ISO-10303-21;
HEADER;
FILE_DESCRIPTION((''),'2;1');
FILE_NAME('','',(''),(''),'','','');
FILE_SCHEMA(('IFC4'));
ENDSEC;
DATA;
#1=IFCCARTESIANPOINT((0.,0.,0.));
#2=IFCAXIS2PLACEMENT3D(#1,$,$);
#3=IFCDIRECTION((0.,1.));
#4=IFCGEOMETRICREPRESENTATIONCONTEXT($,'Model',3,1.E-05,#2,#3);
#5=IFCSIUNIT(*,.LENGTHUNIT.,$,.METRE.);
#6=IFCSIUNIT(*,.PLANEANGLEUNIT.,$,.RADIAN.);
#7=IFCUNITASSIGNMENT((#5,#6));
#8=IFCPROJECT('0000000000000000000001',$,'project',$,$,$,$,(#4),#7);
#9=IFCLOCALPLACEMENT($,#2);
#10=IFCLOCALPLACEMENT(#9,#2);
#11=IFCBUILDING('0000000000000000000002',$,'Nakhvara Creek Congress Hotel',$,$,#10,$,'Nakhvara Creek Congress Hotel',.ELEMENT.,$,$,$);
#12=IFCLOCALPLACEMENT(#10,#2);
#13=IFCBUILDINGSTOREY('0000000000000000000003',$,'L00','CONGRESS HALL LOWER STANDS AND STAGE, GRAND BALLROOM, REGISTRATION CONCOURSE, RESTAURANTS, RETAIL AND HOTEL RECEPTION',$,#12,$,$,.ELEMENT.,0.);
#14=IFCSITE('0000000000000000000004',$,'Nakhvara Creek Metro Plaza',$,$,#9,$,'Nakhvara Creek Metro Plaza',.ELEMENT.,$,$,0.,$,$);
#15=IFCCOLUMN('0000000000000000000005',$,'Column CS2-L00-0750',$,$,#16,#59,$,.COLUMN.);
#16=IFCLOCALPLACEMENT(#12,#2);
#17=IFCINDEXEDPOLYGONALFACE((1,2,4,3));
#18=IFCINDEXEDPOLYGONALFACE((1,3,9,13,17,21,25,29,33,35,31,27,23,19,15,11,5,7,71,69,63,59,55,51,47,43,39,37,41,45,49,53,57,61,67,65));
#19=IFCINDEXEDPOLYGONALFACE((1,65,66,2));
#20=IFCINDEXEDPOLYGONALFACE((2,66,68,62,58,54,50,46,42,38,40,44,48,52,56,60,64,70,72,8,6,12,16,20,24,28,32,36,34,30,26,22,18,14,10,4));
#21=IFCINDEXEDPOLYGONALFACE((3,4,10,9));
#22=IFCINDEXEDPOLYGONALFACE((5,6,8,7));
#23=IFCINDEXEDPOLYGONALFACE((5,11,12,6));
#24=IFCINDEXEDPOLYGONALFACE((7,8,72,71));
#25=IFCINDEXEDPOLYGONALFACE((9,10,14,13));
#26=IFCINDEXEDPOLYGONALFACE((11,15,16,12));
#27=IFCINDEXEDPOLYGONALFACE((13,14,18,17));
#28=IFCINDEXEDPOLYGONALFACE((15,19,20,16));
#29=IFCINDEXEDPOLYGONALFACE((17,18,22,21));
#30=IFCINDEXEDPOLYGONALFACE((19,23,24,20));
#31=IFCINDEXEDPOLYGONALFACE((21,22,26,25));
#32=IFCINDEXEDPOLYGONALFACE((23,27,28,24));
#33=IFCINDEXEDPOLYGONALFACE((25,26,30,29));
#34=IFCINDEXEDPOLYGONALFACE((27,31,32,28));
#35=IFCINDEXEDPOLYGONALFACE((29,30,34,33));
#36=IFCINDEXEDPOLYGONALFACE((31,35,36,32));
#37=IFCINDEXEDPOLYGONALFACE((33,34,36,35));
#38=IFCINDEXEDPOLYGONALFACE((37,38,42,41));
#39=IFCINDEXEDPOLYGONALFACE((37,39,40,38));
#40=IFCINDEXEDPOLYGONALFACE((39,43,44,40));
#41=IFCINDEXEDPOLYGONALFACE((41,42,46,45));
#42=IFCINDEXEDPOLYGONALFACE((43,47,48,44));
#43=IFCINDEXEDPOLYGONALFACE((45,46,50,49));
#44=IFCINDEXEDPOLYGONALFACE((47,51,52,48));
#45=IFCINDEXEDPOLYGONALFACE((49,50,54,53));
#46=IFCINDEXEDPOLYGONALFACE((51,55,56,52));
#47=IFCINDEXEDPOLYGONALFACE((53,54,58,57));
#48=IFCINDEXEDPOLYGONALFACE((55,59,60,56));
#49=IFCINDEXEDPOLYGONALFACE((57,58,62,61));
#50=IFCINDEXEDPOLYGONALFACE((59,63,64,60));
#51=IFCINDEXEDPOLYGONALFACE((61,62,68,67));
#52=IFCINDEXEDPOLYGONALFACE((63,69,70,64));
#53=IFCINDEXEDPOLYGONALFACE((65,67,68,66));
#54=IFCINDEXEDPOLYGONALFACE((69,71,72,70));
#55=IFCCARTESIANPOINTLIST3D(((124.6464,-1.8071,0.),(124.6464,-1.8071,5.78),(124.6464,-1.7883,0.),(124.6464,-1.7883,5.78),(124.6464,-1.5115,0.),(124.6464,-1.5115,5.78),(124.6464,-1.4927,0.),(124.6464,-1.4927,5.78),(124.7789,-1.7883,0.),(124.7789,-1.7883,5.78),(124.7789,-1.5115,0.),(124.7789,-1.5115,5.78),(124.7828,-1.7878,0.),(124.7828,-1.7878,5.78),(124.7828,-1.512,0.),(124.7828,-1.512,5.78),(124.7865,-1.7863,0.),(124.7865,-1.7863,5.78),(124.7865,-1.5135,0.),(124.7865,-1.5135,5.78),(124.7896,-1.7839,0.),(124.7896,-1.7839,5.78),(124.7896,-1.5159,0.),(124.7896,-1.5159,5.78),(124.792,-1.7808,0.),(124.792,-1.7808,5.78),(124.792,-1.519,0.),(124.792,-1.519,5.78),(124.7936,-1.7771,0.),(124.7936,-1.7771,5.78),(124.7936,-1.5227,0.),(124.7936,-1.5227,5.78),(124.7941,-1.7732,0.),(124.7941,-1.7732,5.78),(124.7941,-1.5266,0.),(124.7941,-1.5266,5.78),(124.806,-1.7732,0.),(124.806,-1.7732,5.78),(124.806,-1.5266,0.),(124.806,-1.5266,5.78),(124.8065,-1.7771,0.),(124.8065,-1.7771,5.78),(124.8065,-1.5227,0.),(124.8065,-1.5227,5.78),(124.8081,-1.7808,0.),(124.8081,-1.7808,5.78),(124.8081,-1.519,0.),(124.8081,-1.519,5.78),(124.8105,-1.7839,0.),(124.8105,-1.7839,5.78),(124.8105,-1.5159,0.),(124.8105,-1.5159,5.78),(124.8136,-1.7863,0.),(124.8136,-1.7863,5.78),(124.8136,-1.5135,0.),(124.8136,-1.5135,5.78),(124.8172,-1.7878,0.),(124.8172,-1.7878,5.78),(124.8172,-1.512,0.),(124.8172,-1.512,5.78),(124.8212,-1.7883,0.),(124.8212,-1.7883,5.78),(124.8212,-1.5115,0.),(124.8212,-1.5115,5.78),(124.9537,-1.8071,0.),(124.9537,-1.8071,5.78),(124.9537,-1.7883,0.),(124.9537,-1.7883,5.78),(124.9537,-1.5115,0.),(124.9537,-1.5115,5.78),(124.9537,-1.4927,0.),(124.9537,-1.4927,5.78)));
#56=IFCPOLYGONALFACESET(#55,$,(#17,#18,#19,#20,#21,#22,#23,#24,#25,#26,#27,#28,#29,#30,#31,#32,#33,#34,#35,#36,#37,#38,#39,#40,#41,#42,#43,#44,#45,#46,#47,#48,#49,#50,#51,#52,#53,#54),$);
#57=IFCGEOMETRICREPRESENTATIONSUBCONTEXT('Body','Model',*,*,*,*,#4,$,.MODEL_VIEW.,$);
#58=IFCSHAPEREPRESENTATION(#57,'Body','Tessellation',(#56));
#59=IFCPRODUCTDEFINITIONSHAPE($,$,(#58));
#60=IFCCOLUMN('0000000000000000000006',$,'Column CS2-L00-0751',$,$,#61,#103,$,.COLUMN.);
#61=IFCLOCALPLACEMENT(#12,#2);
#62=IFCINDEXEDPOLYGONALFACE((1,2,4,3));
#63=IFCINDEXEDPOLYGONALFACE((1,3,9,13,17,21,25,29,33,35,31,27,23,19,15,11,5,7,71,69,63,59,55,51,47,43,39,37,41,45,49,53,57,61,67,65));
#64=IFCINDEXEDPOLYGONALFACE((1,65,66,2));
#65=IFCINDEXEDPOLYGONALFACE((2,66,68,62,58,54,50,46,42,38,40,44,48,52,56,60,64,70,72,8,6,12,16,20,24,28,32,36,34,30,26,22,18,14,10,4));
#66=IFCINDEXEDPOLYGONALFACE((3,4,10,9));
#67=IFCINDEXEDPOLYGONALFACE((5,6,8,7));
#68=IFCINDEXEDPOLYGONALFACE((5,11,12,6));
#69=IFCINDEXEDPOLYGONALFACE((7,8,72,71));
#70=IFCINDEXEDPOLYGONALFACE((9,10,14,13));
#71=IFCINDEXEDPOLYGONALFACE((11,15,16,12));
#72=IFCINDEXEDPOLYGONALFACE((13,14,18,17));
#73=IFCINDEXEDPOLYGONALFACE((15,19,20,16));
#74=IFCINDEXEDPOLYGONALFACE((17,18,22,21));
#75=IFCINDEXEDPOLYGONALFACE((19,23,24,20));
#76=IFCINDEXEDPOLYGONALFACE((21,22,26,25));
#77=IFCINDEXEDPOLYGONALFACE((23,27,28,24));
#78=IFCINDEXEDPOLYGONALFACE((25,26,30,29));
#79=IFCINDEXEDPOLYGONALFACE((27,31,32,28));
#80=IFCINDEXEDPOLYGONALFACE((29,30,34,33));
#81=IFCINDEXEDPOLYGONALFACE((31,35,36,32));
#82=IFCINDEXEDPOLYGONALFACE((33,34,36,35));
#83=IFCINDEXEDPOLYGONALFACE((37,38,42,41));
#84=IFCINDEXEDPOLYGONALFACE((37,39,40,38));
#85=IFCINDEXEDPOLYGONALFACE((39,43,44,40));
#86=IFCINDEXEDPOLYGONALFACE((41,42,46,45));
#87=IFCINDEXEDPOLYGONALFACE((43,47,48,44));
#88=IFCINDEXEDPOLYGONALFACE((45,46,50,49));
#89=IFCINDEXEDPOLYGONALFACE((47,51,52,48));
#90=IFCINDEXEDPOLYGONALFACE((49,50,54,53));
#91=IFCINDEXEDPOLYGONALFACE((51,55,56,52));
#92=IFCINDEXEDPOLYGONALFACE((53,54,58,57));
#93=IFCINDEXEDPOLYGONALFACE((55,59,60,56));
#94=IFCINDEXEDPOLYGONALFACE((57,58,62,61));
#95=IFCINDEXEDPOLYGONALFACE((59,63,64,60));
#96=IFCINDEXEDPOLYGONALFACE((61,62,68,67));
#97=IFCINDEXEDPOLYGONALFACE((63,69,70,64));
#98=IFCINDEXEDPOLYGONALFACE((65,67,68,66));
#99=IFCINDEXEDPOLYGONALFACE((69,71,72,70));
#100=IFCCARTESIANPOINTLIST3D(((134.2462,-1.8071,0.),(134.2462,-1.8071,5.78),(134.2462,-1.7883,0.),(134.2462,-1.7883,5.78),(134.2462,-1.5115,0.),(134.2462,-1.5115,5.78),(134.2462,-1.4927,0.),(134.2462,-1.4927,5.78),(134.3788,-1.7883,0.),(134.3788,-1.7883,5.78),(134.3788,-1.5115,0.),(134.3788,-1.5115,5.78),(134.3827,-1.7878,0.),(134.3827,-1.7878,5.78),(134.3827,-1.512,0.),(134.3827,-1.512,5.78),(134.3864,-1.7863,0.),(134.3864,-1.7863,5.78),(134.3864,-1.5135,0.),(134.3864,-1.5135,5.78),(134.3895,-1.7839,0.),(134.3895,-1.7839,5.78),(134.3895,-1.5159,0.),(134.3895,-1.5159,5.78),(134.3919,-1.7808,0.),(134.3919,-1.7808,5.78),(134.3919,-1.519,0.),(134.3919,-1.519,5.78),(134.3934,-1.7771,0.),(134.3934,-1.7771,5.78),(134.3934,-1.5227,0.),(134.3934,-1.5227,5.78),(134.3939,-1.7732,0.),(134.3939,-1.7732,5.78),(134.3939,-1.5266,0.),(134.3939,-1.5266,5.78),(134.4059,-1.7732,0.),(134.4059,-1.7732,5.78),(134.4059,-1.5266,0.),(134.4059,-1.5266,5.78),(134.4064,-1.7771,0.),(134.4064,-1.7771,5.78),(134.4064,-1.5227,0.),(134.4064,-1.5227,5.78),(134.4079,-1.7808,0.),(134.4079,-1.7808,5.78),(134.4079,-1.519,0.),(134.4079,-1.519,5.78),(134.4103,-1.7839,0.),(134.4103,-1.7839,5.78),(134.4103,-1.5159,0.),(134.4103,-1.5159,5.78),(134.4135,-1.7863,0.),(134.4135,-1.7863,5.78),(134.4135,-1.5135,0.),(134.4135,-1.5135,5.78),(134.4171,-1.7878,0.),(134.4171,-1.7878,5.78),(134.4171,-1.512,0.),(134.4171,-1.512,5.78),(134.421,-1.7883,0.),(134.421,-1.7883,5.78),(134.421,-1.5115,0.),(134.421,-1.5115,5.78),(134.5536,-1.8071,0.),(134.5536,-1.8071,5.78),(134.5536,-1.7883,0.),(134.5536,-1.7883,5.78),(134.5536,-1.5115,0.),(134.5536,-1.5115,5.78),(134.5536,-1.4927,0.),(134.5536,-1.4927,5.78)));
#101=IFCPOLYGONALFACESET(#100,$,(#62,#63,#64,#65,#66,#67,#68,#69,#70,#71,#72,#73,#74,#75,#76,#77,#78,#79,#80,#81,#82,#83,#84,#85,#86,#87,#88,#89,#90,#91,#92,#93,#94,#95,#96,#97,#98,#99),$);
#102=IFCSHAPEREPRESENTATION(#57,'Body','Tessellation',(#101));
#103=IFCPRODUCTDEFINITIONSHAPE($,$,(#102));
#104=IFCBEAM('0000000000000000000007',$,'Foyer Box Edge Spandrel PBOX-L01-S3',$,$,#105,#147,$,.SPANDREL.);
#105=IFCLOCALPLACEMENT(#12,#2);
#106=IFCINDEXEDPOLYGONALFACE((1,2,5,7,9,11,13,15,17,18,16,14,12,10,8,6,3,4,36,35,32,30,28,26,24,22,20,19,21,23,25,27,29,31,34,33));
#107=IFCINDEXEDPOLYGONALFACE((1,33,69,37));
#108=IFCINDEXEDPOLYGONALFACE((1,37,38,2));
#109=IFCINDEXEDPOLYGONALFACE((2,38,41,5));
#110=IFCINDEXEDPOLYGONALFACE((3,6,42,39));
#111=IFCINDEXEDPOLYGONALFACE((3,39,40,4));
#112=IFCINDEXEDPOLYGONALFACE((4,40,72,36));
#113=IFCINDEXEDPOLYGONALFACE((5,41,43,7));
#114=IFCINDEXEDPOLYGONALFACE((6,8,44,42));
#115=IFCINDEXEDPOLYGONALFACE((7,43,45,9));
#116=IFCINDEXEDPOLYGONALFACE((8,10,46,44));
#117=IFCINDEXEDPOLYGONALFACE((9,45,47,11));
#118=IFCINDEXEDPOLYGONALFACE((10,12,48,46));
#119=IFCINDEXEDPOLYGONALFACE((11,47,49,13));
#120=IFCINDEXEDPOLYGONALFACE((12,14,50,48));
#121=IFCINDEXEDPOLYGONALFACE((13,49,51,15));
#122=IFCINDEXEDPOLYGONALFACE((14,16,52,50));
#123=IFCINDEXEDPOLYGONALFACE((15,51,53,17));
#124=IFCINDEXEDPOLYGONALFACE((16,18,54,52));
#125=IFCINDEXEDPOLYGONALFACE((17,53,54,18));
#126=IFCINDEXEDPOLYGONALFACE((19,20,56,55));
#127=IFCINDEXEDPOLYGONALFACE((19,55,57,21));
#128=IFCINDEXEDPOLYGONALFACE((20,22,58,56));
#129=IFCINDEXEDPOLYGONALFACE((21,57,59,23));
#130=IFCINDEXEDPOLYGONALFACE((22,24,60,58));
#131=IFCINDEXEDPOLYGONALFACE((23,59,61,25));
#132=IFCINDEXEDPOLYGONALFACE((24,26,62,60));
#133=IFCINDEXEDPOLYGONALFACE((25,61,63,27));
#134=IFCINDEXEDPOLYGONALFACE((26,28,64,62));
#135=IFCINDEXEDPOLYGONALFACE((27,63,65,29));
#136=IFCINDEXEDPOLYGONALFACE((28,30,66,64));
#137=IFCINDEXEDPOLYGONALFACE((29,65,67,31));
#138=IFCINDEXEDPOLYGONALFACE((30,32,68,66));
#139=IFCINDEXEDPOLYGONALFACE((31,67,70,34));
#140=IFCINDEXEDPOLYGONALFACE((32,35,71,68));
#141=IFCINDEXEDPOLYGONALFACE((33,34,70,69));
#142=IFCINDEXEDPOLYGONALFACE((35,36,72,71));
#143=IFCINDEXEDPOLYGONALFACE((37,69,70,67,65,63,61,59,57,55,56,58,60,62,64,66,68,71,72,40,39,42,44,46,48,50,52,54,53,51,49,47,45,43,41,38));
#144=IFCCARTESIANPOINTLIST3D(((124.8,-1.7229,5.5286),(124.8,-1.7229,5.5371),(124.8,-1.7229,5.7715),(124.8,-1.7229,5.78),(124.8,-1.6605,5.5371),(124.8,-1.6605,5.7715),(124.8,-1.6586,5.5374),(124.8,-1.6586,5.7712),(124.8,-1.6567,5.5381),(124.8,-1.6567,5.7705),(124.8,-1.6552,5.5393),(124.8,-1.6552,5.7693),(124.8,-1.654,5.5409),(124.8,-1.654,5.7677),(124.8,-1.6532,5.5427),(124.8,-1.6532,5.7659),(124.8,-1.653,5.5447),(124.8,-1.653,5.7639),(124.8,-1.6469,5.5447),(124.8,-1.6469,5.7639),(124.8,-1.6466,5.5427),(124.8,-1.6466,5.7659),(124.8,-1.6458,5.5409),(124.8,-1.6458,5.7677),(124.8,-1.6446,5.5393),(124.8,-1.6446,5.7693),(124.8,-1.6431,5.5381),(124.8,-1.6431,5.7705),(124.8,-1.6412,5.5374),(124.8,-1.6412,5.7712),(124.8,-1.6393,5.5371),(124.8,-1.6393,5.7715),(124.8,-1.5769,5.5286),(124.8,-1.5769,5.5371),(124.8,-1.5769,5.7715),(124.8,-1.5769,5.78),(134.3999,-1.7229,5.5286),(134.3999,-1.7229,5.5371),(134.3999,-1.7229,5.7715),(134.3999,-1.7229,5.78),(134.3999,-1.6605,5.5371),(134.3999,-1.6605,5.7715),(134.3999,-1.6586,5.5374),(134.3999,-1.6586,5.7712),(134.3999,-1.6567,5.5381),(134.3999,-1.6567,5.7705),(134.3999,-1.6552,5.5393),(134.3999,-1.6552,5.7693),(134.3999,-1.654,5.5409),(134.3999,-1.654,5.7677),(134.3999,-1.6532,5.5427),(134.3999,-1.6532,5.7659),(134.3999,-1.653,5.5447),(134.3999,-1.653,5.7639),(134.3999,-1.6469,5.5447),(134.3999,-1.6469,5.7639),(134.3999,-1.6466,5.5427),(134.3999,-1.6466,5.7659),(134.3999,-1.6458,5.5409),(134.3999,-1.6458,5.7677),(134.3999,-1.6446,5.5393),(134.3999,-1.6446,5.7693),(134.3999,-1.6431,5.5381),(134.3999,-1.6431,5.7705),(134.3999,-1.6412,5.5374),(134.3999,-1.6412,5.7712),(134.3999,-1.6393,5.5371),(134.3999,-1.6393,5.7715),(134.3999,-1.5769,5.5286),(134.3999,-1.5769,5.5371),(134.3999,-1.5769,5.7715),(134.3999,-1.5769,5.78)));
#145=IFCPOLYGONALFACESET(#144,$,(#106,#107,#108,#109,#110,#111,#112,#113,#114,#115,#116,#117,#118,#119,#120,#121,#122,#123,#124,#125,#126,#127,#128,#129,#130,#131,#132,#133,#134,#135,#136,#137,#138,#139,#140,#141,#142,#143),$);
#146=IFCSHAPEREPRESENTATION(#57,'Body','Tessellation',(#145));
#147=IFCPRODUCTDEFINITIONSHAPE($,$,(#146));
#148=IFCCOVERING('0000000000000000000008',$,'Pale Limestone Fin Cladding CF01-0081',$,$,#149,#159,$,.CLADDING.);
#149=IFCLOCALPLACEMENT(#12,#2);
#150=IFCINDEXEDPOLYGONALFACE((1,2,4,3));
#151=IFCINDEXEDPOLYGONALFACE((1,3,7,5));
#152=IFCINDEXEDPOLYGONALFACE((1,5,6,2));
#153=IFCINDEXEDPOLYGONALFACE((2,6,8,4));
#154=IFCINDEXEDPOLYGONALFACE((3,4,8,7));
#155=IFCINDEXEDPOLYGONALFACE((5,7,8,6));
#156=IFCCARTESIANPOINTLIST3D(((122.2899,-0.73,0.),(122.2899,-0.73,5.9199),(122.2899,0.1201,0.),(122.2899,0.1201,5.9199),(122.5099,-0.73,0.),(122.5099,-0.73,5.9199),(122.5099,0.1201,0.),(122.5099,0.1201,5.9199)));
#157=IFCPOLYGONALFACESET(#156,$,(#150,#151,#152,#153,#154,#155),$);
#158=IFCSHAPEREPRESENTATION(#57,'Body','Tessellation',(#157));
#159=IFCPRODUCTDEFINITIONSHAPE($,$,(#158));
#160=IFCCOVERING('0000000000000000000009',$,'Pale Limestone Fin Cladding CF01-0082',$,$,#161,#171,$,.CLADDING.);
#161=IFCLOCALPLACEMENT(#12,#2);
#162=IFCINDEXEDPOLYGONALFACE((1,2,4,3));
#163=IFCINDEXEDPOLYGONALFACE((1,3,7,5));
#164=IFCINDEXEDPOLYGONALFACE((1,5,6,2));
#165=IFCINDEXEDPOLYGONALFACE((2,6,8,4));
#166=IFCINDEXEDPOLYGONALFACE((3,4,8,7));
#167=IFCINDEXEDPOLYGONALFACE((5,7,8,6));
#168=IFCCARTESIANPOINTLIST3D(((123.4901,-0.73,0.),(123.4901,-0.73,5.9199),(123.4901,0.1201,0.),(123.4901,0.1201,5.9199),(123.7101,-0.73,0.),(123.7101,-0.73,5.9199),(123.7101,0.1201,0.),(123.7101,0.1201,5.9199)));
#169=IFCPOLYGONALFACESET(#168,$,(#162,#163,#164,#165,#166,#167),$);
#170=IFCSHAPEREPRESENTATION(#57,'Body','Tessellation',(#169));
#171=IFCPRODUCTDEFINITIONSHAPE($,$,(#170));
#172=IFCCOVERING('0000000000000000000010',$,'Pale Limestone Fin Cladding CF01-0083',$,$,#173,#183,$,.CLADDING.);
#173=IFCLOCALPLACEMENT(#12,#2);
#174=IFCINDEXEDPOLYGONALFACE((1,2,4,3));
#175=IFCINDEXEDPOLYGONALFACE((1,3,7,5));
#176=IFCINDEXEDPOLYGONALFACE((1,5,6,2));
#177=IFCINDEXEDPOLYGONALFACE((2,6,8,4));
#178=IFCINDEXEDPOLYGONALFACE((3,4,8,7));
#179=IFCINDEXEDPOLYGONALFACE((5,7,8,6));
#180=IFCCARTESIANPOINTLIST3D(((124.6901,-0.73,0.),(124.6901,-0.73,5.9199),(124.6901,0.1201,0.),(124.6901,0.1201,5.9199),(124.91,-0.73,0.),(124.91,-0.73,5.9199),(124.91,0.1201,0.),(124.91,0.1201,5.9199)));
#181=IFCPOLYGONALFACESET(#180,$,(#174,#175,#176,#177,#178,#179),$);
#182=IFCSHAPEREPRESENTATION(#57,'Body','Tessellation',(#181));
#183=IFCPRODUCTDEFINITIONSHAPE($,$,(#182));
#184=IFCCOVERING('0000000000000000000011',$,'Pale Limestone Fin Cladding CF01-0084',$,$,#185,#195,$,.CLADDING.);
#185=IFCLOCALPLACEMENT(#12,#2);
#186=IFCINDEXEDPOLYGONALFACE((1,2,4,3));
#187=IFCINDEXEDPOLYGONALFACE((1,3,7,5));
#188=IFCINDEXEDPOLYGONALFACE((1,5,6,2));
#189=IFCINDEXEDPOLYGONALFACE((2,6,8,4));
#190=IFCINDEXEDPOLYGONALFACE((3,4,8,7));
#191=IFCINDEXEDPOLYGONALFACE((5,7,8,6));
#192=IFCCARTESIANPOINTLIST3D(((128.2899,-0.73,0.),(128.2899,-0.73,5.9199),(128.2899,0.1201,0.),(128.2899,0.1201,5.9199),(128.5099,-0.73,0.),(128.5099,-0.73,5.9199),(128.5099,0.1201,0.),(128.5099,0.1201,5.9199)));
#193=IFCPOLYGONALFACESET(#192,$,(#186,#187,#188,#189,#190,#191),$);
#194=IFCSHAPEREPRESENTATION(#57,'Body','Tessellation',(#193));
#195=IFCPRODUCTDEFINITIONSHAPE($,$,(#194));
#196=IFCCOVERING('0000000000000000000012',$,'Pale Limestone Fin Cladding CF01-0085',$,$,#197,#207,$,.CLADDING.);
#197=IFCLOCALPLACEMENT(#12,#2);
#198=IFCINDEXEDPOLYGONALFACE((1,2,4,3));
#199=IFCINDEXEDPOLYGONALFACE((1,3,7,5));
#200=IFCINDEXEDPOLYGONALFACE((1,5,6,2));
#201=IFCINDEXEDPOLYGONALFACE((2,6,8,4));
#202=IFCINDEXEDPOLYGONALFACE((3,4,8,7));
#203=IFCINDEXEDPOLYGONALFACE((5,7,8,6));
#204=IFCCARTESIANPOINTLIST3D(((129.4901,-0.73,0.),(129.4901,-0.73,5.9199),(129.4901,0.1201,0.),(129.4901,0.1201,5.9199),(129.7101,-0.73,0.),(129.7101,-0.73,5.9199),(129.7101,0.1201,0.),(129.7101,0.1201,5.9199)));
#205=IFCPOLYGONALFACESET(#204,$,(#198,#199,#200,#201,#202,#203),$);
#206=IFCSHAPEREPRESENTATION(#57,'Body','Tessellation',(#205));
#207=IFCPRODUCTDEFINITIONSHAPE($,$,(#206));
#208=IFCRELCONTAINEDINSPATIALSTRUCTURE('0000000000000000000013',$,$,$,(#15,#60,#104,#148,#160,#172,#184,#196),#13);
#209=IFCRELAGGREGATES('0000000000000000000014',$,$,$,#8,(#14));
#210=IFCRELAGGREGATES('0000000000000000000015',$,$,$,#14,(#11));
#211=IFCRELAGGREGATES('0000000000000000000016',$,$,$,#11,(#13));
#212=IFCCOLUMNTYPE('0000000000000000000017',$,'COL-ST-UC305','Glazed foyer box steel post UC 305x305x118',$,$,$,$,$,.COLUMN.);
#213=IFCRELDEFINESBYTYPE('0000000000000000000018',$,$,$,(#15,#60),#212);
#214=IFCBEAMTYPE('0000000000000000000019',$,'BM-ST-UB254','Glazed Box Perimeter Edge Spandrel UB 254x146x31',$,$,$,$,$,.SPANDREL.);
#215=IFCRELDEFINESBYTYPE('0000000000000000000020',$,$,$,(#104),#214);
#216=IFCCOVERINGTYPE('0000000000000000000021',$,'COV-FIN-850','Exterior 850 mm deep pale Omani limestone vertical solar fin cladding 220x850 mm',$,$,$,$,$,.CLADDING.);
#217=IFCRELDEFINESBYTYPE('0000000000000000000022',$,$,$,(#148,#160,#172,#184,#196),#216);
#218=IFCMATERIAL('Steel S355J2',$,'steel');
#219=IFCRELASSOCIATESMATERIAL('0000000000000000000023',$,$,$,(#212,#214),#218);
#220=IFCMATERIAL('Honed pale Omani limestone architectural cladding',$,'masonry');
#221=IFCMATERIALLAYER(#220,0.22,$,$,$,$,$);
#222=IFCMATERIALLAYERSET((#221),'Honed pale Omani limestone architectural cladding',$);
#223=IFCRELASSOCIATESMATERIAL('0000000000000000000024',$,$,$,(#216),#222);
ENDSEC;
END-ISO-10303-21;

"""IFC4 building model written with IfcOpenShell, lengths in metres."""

from ifc_helpers import new_model, si_unit, direction, frame, origin, origin_2d, place, context, subcontext, project, spatial, rectangle, i_section, extrude, material, layer, layer_set, material_profile, profile_set, type_object, element, save


model = new_model("IFC4")

# Units and contexts
model_context = context("Model", 3, precision=1e-05, world=origin(), true_north=direction((0.0, 1.0)))
body_context = subcontext(model_context, "Body", "Model", "MODEL_VIEW")
ifc_project = project(units=[si_unit("LENGTHUNIT", "METRE"), si_unit("PLANEANGLEUNIT", "RADIAN")], contexts=[model_context])

# Site, building, storey
site_placement = place(None, origin())
site = spatial("IfcSite", under=ifc_project, at=site_placement, Name="Nakhvara Creek Metro Plaza", LongName="Nakhvara Creek Metro Plaza", CompositionType="ELEMENT", RefElevation=0.0)
building_placement = place(site_placement, origin())
building = spatial("IfcBuilding", under=site, at=building_placement, Name="Nakhvara Creek Congress Hotel", LongName="Nakhvara Creek Congress Hotel", CompositionType="ELEMENT")
storey_placement = place(building_placement, origin())
storey = spatial("IfcBuildingStorey", under=building, at=storey_placement, Name="L00", Description="CONGRESS HALL LOWER STANDS AND STAGE, GRAND BALLROOM, REGISTRATION CONCOURSE, RESTAURANTS, RETAIL AND HOTEL RECEPTION", CompositionType="ELEMENT", Elevation=0.0)

# Columns
ifc_material_1 = material(Name="Steel S355J2", Category="steel")
ifc_material_profile_1 = material_profile(ifc_material_1, i_section(OverallWidth=0.3074, OverallDepth=0.3145, WebThickness=0.012, FlangeThickness=0.0188, FilletRadius=0.0151, at=origin_2d()), Name="UC 305x305x118", Category="LoadBearing")
ifc_profile_set_1 = profile_set([ifc_material_profile_1], Name="Steel S355J2")
column_type = type_object("IfcColumnType", Name="COL-ST-UC305", Description="Glazed foyer box steel post UC 305x305x118", PredefinedType="COLUMN", material=ifc_profile_set_1)
for number, where, z_axis, x_axis, name in (
    (1, (124.8, -1.6499, 0.0), (0.0, 0.0, 1.0), (1.0, 0.0, 0.0), "Column CS2-L00-0750"),
    (2, (134.3999, -1.6499, 0.0), (0.0, 0.0, 1.0), (1.0, 0.0, 0.0), "Column CS2-L00-0751"),
):
    element("IfcColumn", number, at=place(storey_placement, frame(where, z_axis=z_axis, x_axis=x_axis)), inside=storey, type_object=column_type, Name=name, PredefinedType="COLUMN", context=body_context, shape_type="SweptSolid", body=[
        extrude(i_section(OverallWidth=0.3074, OverallDepth=0.3145, WebThickness=0.012, FlangeThickness=0.0188, FilletRadius=0.0151, at=origin_2d()), origin(), (0.0, 0.0, 1.0), 5.78),
    ])

# Beam
ifc_material_profile_2 = material_profile(ifc_material_1, i_section(OverallWidth=0.146, OverallDepth=0.2515, WebThickness=0.0061, FlangeThickness=0.0085, FilletRadius=0.0076, at=origin_2d()), Name="UB 254x146x31", Category="LoadBearing")
ifc_profile_set_2 = profile_set([ifc_material_profile_2], Name="Steel S355J2")
beam_type = type_object("IfcBeamType", Name="BM-ST-UB254", Description="Glazed Box Perimeter Edge Spandrel UB 254x146x31", PredefinedType="SPANDREL", material=ifc_profile_set_2)
beam_placement = place(storey_placement, frame((124.8, -1.6499, 5.6543), z_axis=(1.0, 0.0, 0.0), x_axis=(0.0, 1.0, 0.0)))
element("IfcBeam", 3, at=beam_placement, inside=storey, type_object=beam_type, Name="Foyer Box Edge Spandrel PBOX-L01-S3", PredefinedType="SPANDREL", context=body_context, shape_type="SweptSolid", body=[
    extrude(i_section(OverallWidth=0.146, OverallDepth=0.2515, WebThickness=0.0061, FlangeThickness=0.0085, FilletRadius=0.0076, at=origin_2d()), origin(), (0.0, 0.0, 1.0), 9.5999),
])

# Coverings
ifc_material_2 = material(Name="Honed pale Omani limestone architectural cladding", Category="masonry")
ifc_layer = layer(ifc_material_2, 0.22)
ifc_layer_set = layer_set([ifc_layer], Name="Honed pale Omani limestone architectural cladding")
covering_type = type_object("IfcCoveringType", Name="COV-FIN-850", Description="Exterior 850 mm deep pale Omani limestone vertical solar fin cladding 220x850 mm", PredefinedType="CLADDING", material=ifc_layer_set)
for number, where, z_axis, x_axis, name in (
    (4, (122.3999, -0.3049, 0.0), (0.0, 0.0, 1.0), (1.0, 0.0, 0.0), "Pale Limestone Fin Cladding CF01-0081"),
    (5, (123.6001, -0.3049, 0.0), (0.0, 0.0, 1.0), (1.0, 0.0, 0.0), "Pale Limestone Fin Cladding CF01-0082"),
    (6, (124.8, -0.3049, 0.0), (0.0, 0.0, 1.0), (1.0, 0.0, 0.0), "Pale Limestone Fin Cladding CF01-0083"),
    (7, (128.3999, -0.3049, 0.0), (0.0, 0.0, 1.0), (1.0, 0.0, 0.0), "Pale Limestone Fin Cladding CF01-0084"),
    (8, (129.6001, -0.3049, 0.0), (0.0, 0.0, 1.0), (1.0, 0.0, 0.0), "Pale Limestone Fin Cladding CF01-0085"),
):
    element("IfcCovering", number, at=place(storey_placement, frame(where, z_axis=z_axis, x_axis=x_axis)), inside=storey, type_object=covering_type, Name=name, PredefinedType="CLADDING", context=body_context, shape_type="SweptSolid", body=[
        extrude(rectangle(XDim=0.22, YDim=0.8501, at=origin_2d()), origin(), (0.0, 0.0, 1.0), 5.9199),
    ])

save(model, "model.ifc")
